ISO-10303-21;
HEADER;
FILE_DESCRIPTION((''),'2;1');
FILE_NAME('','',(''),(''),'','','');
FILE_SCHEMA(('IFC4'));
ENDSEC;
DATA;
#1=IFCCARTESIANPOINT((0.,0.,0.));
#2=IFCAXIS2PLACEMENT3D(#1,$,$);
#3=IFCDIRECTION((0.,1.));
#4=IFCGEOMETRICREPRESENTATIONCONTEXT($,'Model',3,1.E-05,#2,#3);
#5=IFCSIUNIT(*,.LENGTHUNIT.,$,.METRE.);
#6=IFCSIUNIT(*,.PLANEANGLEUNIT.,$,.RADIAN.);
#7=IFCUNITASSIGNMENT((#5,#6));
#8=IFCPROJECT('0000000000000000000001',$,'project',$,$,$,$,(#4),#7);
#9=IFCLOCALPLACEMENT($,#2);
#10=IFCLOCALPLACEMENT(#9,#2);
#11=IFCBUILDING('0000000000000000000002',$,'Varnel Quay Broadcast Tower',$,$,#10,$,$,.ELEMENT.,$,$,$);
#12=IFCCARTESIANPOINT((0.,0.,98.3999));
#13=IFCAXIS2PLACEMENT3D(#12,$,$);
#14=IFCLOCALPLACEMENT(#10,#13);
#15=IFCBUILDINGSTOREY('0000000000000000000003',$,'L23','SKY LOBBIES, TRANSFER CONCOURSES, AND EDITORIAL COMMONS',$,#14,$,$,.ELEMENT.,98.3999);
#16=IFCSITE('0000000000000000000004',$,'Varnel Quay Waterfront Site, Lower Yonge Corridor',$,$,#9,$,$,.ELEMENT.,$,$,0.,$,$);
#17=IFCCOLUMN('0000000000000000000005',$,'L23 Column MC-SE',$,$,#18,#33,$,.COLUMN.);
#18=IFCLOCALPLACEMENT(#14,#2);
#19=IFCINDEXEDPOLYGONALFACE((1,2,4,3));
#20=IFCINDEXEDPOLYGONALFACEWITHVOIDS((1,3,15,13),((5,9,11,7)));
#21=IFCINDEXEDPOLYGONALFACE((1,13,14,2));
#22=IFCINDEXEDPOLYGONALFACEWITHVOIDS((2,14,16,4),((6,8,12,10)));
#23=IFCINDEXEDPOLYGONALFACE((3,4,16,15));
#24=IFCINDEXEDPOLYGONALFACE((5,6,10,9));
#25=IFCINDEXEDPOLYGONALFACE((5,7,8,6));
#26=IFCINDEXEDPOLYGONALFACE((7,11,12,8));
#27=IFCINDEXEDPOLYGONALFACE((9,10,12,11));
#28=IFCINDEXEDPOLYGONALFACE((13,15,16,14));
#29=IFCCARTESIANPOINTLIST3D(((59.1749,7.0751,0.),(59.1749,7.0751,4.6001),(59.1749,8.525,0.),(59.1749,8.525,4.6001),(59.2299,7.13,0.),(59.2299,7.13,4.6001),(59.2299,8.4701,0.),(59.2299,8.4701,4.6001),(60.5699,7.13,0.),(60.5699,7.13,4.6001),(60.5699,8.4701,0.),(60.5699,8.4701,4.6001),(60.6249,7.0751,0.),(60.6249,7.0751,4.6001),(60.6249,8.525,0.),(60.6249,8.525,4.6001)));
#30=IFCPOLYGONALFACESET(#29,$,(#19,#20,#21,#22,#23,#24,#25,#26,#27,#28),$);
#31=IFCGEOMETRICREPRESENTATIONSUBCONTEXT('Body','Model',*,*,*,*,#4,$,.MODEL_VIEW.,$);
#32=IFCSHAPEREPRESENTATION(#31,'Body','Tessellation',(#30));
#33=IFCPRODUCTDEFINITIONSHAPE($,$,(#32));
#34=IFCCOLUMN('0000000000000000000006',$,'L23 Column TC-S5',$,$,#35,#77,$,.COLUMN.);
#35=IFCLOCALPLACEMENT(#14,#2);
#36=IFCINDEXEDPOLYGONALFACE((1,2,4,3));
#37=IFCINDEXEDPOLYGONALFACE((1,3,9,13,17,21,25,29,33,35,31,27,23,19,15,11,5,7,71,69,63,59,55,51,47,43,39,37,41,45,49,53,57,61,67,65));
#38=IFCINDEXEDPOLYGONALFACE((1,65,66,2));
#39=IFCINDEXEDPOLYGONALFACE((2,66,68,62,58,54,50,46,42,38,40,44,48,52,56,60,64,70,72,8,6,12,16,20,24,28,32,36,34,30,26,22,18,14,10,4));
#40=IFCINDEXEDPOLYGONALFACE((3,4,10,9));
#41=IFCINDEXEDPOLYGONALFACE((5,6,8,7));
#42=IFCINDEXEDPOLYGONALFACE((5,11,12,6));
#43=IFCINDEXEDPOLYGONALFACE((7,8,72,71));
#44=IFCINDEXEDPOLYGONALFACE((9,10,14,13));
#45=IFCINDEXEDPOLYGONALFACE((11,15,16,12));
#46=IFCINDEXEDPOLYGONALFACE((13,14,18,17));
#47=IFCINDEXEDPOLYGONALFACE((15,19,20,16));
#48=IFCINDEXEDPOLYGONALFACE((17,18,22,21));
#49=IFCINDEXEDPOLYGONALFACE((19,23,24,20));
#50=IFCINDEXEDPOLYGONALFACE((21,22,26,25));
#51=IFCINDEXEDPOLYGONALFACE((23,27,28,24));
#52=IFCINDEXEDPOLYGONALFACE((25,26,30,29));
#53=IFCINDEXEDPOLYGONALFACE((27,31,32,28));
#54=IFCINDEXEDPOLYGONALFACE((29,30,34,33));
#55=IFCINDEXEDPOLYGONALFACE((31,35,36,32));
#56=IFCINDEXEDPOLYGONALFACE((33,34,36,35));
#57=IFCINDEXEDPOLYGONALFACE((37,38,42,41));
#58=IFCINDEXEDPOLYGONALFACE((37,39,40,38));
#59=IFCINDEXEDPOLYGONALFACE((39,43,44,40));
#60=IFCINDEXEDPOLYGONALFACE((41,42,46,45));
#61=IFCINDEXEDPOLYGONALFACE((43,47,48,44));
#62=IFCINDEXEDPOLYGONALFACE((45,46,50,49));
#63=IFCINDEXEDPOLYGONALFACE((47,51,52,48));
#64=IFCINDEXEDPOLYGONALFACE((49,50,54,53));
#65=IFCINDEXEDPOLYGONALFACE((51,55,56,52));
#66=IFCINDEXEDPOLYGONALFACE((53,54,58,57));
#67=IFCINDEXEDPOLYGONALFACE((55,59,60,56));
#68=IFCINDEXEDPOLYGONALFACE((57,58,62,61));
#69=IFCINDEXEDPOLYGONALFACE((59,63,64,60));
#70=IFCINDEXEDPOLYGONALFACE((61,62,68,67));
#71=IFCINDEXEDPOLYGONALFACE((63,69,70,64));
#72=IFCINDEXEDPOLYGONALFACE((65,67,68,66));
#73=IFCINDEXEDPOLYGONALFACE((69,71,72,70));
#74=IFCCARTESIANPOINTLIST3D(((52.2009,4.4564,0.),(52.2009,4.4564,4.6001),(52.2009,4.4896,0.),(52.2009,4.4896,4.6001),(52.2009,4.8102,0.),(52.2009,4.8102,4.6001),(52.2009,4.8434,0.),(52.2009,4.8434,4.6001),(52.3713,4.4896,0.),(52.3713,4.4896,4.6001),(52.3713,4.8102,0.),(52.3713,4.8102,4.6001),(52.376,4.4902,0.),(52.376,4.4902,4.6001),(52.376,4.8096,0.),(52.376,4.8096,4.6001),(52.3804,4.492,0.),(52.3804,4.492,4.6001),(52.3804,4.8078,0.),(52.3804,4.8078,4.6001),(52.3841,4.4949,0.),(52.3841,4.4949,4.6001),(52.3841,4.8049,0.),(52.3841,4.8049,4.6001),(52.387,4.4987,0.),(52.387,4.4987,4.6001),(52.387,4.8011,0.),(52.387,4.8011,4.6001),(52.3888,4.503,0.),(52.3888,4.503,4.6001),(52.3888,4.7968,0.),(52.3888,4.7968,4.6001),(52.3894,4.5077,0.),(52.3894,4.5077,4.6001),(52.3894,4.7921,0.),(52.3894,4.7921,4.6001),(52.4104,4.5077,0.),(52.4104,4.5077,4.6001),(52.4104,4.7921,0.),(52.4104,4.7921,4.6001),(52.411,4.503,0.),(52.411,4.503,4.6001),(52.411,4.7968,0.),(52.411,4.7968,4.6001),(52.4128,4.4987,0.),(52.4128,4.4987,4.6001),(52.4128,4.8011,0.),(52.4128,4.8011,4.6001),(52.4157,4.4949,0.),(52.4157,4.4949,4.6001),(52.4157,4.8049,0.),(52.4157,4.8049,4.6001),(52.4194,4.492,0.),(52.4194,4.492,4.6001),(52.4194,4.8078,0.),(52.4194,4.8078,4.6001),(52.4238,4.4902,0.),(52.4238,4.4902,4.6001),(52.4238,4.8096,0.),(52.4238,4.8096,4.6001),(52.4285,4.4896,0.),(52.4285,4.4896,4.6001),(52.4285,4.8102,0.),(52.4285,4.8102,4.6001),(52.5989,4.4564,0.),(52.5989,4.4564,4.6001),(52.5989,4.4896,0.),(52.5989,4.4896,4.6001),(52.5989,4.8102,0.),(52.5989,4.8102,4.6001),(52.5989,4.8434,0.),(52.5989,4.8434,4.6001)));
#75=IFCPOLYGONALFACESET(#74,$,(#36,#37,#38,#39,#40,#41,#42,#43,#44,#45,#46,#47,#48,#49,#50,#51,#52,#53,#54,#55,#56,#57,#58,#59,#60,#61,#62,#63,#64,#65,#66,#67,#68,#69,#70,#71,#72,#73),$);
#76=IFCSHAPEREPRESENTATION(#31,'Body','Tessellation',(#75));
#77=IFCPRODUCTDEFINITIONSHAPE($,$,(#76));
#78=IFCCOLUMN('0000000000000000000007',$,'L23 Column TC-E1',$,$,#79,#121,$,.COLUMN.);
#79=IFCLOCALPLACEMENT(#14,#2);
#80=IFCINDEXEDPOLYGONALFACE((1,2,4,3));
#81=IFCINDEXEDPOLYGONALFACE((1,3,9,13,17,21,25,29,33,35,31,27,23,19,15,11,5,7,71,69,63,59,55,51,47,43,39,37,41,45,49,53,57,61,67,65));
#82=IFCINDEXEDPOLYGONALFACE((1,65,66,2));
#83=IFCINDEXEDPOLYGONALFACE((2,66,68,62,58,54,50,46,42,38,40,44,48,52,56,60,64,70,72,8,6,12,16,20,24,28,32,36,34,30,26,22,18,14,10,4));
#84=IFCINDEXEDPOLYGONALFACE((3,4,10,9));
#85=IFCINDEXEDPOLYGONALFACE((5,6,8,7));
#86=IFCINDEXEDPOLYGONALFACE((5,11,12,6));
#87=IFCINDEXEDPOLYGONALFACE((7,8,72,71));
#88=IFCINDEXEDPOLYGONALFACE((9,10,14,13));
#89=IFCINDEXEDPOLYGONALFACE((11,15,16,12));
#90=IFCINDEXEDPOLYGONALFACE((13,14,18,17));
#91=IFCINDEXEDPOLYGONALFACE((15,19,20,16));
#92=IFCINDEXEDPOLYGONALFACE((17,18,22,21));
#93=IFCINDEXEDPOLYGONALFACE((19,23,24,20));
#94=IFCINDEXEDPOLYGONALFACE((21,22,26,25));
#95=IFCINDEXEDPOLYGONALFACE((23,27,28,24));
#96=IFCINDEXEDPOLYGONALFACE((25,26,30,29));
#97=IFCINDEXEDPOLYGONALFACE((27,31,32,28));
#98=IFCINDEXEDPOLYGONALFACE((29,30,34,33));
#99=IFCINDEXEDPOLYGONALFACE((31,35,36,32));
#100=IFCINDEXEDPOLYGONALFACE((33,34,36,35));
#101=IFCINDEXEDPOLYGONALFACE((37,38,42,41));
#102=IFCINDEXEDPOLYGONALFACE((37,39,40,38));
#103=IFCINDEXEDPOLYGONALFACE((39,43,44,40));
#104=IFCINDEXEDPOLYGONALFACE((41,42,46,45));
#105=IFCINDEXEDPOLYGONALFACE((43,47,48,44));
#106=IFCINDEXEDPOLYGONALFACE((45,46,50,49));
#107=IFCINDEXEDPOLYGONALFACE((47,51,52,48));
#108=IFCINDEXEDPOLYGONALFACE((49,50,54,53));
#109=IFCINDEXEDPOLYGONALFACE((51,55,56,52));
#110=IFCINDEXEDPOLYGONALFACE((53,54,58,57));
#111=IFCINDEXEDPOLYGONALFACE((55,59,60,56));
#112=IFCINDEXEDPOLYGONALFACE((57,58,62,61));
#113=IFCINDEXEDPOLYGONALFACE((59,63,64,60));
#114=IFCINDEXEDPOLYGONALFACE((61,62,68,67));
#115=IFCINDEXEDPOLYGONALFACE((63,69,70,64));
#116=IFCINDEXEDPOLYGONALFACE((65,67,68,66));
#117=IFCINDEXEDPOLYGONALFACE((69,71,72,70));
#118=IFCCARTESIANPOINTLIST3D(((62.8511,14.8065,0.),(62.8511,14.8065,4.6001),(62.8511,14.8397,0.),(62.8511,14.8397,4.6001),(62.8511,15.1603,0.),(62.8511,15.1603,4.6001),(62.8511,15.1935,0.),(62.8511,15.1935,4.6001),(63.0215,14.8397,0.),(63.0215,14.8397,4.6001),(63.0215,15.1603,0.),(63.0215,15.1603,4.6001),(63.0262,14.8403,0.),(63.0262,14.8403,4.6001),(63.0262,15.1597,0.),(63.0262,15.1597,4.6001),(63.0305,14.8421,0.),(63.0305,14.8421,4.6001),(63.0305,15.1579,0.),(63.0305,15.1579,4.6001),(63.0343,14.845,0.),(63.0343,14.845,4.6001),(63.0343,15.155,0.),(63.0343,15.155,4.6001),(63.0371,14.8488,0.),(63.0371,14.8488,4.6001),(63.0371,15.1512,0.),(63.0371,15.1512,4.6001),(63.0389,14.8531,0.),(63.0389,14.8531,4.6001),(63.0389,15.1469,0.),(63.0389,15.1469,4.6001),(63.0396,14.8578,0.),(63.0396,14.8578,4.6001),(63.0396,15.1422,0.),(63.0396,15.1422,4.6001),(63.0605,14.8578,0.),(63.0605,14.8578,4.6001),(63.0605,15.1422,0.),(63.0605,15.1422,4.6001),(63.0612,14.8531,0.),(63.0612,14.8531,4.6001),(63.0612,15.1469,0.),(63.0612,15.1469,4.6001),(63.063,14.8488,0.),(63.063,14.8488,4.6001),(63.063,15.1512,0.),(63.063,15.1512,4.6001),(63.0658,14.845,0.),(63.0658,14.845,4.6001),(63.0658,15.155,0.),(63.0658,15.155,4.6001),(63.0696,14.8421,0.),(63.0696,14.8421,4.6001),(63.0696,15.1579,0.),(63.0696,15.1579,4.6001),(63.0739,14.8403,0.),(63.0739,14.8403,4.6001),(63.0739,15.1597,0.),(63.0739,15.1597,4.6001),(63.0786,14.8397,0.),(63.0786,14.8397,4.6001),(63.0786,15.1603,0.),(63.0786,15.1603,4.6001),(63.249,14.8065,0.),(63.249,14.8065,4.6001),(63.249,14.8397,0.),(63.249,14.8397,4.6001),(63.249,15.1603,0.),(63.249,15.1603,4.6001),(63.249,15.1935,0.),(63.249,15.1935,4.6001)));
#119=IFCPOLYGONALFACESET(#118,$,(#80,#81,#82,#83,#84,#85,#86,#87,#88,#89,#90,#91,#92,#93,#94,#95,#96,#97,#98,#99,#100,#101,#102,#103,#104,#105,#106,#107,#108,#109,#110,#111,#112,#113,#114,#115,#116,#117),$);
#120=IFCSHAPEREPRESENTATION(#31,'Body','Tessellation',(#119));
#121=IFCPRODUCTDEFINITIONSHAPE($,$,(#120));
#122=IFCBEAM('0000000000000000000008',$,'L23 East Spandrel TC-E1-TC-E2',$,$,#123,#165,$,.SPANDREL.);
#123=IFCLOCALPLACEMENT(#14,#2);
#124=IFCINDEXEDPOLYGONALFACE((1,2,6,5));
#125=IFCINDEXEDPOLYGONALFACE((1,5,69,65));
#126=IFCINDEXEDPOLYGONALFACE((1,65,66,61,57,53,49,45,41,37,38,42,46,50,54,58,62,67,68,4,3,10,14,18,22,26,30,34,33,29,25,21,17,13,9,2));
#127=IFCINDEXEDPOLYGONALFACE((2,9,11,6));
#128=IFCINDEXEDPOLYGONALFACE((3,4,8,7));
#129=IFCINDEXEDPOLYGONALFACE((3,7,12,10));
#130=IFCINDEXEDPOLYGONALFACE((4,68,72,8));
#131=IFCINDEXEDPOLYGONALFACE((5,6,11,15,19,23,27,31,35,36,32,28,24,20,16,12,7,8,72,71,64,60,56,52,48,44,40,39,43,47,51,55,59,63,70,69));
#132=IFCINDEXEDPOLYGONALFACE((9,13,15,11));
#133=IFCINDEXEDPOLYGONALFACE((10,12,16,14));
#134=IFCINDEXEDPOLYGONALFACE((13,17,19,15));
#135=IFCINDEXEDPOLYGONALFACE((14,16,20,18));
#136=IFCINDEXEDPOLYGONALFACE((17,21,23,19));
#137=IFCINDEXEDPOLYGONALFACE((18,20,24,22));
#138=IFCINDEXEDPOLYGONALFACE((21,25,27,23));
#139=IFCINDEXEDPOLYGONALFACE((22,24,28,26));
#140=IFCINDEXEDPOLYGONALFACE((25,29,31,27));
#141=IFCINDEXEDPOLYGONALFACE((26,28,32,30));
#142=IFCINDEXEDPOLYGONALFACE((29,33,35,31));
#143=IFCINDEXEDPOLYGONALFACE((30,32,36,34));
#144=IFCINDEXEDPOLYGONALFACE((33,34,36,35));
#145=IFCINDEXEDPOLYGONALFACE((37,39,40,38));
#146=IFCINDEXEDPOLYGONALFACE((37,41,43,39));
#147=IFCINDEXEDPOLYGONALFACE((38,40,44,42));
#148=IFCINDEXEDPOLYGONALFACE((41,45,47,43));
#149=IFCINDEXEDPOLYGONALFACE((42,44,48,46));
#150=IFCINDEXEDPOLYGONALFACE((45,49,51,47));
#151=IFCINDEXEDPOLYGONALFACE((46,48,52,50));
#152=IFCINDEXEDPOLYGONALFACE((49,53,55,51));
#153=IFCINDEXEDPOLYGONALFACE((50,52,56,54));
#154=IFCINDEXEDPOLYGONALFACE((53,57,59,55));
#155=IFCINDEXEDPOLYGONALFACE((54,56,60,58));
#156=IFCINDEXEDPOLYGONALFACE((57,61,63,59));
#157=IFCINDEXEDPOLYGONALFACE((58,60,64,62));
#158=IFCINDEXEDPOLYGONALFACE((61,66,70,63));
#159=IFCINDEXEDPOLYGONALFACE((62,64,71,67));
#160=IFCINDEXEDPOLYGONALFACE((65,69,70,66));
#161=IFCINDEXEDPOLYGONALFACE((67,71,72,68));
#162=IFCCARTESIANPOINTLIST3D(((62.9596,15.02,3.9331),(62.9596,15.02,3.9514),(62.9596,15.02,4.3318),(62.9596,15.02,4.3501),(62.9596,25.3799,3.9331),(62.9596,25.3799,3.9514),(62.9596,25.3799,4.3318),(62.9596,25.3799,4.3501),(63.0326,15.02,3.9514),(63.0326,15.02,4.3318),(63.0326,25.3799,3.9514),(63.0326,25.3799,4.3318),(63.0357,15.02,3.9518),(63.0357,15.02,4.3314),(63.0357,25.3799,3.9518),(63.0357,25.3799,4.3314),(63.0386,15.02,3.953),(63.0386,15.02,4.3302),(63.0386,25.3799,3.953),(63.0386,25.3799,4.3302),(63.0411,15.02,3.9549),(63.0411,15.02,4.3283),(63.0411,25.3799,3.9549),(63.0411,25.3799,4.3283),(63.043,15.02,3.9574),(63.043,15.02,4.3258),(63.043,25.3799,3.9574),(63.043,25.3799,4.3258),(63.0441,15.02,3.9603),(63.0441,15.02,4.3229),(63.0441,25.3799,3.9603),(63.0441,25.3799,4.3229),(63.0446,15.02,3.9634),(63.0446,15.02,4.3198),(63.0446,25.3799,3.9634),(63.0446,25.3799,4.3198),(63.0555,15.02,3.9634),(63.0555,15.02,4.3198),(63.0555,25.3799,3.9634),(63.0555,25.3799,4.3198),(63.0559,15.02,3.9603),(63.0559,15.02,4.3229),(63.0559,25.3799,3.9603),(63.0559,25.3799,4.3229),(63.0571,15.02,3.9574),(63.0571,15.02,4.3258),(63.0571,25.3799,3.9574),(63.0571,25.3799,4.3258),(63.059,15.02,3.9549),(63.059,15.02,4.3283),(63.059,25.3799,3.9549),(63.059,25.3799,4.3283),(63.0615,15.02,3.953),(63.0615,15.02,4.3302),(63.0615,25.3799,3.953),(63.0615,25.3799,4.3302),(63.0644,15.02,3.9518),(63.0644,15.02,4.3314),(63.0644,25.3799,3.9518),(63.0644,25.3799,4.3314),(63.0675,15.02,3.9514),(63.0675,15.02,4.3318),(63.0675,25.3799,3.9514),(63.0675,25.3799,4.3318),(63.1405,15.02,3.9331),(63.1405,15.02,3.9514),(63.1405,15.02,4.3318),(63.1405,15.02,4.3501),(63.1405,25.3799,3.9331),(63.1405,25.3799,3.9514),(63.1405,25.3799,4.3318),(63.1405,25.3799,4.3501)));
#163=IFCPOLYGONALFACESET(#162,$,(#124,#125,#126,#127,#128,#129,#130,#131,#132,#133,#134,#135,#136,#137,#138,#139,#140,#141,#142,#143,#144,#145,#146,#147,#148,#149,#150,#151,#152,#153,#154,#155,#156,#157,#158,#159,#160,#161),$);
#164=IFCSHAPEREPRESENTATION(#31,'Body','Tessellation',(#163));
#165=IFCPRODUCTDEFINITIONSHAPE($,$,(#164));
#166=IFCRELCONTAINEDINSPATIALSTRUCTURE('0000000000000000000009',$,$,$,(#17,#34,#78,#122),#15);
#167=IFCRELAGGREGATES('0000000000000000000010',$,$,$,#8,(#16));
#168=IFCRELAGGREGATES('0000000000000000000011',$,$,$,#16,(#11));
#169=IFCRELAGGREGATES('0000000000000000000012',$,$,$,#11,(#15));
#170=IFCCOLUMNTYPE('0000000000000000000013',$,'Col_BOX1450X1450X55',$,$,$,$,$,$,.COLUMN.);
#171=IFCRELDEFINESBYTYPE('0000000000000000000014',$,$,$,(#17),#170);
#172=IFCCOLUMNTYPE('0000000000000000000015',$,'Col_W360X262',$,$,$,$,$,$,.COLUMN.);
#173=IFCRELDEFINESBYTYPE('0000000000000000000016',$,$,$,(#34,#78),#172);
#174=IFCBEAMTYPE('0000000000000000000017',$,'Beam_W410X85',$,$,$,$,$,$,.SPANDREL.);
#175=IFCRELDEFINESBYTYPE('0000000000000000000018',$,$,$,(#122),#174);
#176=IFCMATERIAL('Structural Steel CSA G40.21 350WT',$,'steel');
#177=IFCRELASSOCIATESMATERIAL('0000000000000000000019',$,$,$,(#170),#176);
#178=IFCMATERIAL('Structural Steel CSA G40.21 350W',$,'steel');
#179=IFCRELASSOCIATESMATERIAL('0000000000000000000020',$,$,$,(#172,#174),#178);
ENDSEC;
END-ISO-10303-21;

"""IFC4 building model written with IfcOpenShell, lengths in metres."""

from ifc_helpers import new_model, si_unit, direction, frame, origin, origin_2d, place, context, subcontext, project, spatial, hollow_rectangle, i_section, extrude, source, transform, mapped, material, material_profile, profile_set, type_object, type_shapes, element, save


model = new_model("IFC4")

# Units and contexts
model_context = context("Model", 3, precision=1e-05, world=origin(), true_north=direction((0.0, 1.0)))
body_context = subcontext(model_context, "Body", "Model", "MODEL_VIEW")
ifc_project = project(units=[si_unit("LENGTHUNIT", "METRE"), si_unit("PLANEANGLEUNIT", "RADIAN")], contexts=[model_context])

# Site, building, storey
site_placement = place(None, origin())
site = spatial("IfcSite", under=ifc_project, at=site_placement, Name="Varnel Quay Waterfront Site, Lower Yonge Corridor", CompositionType="ELEMENT", RefElevation=0.0)
building_placement = place(site_placement, origin())
building = spatial("IfcBuilding", under=site, at=building_placement, Name="Varnel Quay Broadcast Tower", CompositionType="ELEMENT")
storey_placement = place(building_placement, frame((0.0, 0.0, 98.3999)))
storey = spatial("IfcBuildingStorey", under=building, at=storey_placement, Name="L23", Description="SKY LOBBIES, TRANSFER CONCOURSES, AND EDITORIAL COMMONS", CompositionType="ELEMENT", Elevation=98.3999)

# Columns
ifc_material_1 = material(Name="Structural Steel CSA G40.21 350WT", Category="steel")
ifc_material_profile_1 = material_profile(ifc_material_1, hollow_rectangle(XDim=1.45, YDim=1.45, WallThickness=0.0549, at=origin_2d()), Name="BOX1450X1450X55")
ifc_profile_set_1 = profile_set([ifc_material_profile_1], Name="Structural Steel CSA G40.21 350WT")
column_type_1 = type_object("IfcColumnType", Name="Col_BOX1450X1450X55", PredefinedType="COLUMN", material=ifc_profile_set_1)
shared_shape_1 = source(origin(), body_context, "Body", "SweptSolid", [
    extrude(hollow_rectangle(XDim=1.45, YDim=1.45, WallThickness=0.0549, at=origin_2d()), origin(), (0.0, 0.0, 1.0), 4.6001),
])
type_shapes(column_type_1, [shared_shape_1])
column_placement = place(storey_placement, frame((59.8999, 7.8, 0.0), z_axis=(0.0, 0.0, 1.0), x_axis=(1.0, 0.0, 0.0)))
element("IfcColumn", 1, at=column_placement, inside=storey, type_object=column_type_1, Name="L23 Column MC-SE", PredefinedType="COLUMN", context=body_context, shape_type="MappedRepresentation", body=[
    mapped(shared_shape_1, transform((0.0, 0.0, 0.0), x_axis=(1.0, 0.0, 0.0), y_axis=(0.0, 1.0, 0.0), z_axis=(0.0, 0.0, 1.0), scale=1.0)),
])
ifc_material_2 = material(Name="Structural Steel CSA G40.21 350W", Category="steel")
ifc_material_profile_2 = material_profile(ifc_material_2, i_section(OverallWidth=0.3979, OverallDepth=0.387, WebThickness=0.021, FlangeThickness=0.0332, FilletRadius=0.0181, at=origin_2d()), Name="W360X262")
ifc_profile_set_2 = profile_set([ifc_material_profile_2], Name="Structural Steel CSA G40.21 350W")
column_type_2 = type_object("IfcColumnType", Name="Col_W360X262", PredefinedType="COLUMN", material=ifc_profile_set_2)
shared_shape_2 = source(origin(), body_context, "Body", "SweptSolid", [
    extrude(i_section(OverallWidth=0.3979, OverallDepth=0.387, WebThickness=0.021, FlangeThickness=0.0332, FilletRadius=0.0181, at=origin_2d()), origin(), (0.0, 0.0, 1.0), 4.6001),
])
type_shapes(column_type_2, [shared_shape_2])
for number, where, z_axis, x_axis, name in (
    (2, (52.3999, 4.6499, 0.0), (0.0, 0.0, 1.0), (1.0, 0.0, 0.0), "L23 Column TC-S5"),
    (3, (63.05, 15.0, 0.0), (0.0, 0.0, 1.0), (1.0, 0.0, 0.0), "L23 Column TC-E1"),
):
    element("IfcColumn", number, at=place(storey_placement, frame(where, z_axis=z_axis, x_axis=x_axis)), inside=storey, type_object=column_type_2, Name=name, PredefinedType="COLUMN", context=body_context, shape_type="MappedRepresentation", body=[
        mapped(shared_shape_2, transform((0.0, 0.0, 0.0), x_axis=(1.0, 0.0, 0.0), y_axis=(0.0, 1.0, 0.0), z_axis=(0.0, 0.0, 1.0), scale=1.0)),
    ])

# Beam
ifc_material_profile_3 = material_profile(ifc_material_2, i_section(OverallWidth=0.1809, OverallDepth=0.417, WebThickness=0.011, FlangeThickness=0.0183, FilletRadius=0.012, at=origin_2d()), Name="W410X85")
ifc_profile_set_3 = profile_set([ifc_material_profile_3], Name="Structural Steel CSA G40.21 350W")
beam_type = type_object("IfcBeamType", Name="Beam_W410X85", PredefinedType="SPANDREL", material=ifc_profile_set_3)
shared_shape_3 = source(origin(), body_context, "Body", "SweptSolid", [
    extrude(i_section(OverallWidth=0.1809, OverallDepth=0.417, WebThickness=0.011, FlangeThickness=0.0183, FilletRadius=0.012, at=origin_2d()), origin(), (0.0, 0.0, 1.0), 10.3599),
])
beam_1_placement = place(storey_placement, frame((63.05, 15.02, 4.1416), z_axis=(0.0, 1.0, 0.0), x_axis=(-1.0, 0.0, 0.0)))
element("IfcBeam", 4, at=beam_1_placement, inside=storey, type_object=beam_type, Name="L23 East Spandrel TC-E1-TC-E2", PredefinedType="SPANDREL", context=body_context, shape_type="MappedRepresentation", body=[
    mapped(shared_shape_3, transform((0.0, 0.0, 0.0), x_axis=(1.0, 0.0, 0.0), y_axis=(0.0, 1.0, 0.0), z_axis=(0.0, 0.0, 1.0), scale=1.0)),
])

save(model, "model.ifc")
